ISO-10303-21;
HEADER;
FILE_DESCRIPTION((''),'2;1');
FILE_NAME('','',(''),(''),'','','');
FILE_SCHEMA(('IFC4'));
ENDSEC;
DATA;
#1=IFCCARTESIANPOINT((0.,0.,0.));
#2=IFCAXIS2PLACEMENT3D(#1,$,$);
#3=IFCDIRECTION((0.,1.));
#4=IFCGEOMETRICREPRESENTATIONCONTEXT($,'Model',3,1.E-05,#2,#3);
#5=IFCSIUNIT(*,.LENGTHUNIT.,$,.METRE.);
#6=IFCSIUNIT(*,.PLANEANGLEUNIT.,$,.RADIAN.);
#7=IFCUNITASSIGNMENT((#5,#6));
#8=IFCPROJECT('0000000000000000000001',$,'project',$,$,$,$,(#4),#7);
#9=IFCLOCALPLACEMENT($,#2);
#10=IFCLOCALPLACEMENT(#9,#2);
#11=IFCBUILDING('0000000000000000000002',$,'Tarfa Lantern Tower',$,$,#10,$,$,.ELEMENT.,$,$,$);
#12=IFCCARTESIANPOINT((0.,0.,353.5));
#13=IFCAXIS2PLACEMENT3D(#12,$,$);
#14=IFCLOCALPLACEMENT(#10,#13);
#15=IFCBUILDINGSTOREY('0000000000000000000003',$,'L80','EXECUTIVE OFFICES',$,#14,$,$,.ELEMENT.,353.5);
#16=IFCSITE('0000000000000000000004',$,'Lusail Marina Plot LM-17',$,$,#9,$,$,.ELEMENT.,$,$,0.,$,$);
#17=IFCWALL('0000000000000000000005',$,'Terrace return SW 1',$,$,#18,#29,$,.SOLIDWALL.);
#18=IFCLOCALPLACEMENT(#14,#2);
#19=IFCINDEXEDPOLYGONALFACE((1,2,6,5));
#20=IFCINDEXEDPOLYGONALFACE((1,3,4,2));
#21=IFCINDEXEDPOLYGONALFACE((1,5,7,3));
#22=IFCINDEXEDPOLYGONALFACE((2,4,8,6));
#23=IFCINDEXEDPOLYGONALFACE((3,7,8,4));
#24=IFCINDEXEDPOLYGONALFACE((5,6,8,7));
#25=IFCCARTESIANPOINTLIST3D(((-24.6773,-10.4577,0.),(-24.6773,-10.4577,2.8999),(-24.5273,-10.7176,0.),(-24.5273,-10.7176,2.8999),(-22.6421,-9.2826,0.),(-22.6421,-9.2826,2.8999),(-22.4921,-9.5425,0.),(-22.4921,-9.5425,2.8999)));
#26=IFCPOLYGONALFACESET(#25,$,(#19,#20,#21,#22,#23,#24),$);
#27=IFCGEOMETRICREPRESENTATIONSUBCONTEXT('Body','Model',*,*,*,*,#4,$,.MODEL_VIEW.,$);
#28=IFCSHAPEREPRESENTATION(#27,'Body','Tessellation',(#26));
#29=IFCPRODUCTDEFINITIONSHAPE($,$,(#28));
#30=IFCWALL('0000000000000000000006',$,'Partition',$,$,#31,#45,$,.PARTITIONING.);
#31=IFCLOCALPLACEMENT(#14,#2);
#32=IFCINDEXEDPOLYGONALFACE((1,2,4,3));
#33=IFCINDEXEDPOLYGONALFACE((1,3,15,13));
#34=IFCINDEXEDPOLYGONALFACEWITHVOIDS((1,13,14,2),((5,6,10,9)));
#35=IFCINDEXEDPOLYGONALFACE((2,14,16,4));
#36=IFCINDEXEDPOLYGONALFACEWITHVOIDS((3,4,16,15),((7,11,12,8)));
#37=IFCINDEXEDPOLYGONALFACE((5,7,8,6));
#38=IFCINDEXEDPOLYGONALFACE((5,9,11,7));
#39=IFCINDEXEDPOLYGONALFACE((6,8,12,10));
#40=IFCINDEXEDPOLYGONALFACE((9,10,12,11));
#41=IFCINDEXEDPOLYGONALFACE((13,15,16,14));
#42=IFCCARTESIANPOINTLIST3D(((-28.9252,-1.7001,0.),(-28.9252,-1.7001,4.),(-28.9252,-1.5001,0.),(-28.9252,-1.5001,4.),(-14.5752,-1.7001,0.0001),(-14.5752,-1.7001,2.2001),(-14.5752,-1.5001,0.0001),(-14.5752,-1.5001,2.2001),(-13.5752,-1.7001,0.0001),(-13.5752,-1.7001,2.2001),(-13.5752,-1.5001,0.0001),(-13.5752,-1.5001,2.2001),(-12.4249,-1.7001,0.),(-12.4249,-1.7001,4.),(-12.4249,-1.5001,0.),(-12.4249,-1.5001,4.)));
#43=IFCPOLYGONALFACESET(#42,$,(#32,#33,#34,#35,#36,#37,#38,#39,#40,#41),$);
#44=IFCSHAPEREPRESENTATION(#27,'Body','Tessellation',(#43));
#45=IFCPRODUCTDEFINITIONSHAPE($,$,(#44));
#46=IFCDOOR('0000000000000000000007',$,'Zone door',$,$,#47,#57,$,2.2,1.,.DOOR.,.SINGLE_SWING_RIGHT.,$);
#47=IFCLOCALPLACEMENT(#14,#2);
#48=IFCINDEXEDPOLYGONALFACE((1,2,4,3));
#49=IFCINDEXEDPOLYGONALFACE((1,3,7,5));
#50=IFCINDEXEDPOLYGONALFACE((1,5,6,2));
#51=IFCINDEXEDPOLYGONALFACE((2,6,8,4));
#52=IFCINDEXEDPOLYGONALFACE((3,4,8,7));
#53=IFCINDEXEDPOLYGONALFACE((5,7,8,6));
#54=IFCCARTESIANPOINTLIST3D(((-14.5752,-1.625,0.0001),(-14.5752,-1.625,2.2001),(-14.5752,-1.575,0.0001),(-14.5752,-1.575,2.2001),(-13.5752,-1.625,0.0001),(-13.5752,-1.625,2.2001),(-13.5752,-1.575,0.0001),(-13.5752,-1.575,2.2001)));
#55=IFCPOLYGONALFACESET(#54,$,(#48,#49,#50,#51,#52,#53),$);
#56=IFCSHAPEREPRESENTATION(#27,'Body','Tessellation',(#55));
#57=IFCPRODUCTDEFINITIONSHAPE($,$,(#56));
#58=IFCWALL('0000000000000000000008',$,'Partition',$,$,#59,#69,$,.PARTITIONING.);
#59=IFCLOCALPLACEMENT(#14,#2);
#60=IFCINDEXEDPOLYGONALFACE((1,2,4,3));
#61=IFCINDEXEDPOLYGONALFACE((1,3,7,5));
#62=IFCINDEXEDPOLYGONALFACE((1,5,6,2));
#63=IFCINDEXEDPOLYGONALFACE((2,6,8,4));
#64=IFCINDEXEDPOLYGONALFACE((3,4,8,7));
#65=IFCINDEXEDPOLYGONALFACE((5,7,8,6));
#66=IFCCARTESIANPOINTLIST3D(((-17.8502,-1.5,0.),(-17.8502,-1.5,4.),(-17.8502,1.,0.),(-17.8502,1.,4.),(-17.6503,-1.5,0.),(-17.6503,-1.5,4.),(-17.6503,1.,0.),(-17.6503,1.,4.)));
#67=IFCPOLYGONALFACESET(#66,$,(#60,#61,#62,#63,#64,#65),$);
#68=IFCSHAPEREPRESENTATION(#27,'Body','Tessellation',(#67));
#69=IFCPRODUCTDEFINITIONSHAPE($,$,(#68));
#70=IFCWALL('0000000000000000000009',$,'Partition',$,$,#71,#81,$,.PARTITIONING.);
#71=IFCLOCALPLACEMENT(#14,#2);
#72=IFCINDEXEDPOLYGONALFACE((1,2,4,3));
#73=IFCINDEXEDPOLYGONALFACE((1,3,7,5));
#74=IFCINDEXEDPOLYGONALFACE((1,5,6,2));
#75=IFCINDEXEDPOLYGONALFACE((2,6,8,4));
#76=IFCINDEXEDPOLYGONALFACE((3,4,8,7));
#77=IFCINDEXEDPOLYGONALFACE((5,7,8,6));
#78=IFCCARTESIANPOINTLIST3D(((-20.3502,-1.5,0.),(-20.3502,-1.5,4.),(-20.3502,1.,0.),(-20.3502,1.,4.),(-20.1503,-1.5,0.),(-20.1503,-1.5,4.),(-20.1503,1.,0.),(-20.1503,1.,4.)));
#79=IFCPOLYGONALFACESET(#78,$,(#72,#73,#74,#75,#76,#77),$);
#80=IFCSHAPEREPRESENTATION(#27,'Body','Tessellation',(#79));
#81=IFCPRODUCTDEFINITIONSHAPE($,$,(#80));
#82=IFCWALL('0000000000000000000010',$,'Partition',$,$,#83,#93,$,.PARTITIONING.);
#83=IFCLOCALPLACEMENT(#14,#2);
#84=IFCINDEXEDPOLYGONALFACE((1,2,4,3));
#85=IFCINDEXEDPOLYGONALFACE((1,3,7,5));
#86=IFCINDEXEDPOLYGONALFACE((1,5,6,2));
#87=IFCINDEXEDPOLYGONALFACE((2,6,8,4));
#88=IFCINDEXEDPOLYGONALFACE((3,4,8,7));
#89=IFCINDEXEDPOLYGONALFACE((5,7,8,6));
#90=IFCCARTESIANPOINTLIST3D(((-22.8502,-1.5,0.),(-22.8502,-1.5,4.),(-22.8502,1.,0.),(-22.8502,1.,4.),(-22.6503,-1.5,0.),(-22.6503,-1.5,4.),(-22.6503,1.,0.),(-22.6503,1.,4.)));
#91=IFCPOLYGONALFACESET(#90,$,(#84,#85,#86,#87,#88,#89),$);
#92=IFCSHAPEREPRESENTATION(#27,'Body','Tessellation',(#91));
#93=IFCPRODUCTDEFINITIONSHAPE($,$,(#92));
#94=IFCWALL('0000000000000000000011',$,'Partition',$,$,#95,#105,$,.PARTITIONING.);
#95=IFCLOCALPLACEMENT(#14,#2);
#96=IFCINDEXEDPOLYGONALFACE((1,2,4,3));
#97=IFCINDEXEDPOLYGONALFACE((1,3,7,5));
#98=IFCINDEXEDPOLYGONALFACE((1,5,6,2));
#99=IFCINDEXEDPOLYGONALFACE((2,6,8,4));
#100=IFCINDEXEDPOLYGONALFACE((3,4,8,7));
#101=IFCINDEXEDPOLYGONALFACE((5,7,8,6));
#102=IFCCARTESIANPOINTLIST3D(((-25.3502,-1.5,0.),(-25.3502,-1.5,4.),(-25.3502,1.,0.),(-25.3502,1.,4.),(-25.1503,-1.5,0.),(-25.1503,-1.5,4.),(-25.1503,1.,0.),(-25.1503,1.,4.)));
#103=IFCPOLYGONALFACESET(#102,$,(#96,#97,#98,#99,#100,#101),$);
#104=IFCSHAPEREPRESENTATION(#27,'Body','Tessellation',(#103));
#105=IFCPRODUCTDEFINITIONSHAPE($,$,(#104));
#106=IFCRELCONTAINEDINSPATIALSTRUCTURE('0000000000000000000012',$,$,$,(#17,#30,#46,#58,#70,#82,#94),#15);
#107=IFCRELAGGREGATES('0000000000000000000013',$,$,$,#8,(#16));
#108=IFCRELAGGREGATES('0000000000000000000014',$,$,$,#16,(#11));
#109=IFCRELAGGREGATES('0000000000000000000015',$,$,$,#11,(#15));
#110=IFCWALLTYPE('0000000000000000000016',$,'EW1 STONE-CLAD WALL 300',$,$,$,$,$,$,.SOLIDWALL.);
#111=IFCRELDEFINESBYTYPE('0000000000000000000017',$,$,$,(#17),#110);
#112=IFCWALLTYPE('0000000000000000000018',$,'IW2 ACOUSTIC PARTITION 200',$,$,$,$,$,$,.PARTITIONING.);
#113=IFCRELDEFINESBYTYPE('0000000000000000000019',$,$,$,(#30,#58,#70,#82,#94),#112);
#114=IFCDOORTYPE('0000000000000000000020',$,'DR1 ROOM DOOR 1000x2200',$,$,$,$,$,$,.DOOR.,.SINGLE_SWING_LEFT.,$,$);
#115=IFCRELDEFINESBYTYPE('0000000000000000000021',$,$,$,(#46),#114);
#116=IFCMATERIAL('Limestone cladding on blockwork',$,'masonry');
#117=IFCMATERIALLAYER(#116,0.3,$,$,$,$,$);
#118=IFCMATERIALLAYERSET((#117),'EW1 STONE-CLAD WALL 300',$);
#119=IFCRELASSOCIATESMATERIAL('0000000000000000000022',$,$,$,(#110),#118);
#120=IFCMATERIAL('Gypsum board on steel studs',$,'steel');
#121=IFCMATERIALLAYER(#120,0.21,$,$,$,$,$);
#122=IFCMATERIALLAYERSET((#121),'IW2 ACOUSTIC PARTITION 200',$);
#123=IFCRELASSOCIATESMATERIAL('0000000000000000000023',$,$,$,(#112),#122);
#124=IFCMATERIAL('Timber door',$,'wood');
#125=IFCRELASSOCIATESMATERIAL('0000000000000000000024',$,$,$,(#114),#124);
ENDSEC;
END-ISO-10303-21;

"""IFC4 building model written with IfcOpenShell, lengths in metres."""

from ifc_helpers import new_model, si_unit, direction, frame, frame_2d, origin, place, context, subcontext, project, spatial, rectangle, extrude, material, layer, layer_set, type_object, element, fill, save


model = new_model("IFC4")

# Units and contexts
model_context = context("Model", 3, precision=1e-05, world=origin(), true_north=direction((0.0, 1.0)))
body_context = subcontext(model_context, "Body", "Model", "MODEL_VIEW")
ifc_project = project(units=[si_unit("LENGTHUNIT", "METRE"), si_unit("PLANEANGLEUNIT", "RADIAN")], contexts=[model_context])

# Site, building, storey
site_placement = place(None, origin())
site = spatial("IfcSite", under=ifc_project, at=site_placement, Name="Lusail Marina Plot LM-17", CompositionType="ELEMENT", RefElevation=0.0)
building_placement = place(site_placement, origin())
building = spatial("IfcBuilding", under=site, at=building_placement, Name="Tarfa Lantern Tower", CompositionType="ELEMENT")
storey_placement = place(building_placement, frame((0.0, 0.0, 353.5)))
storey = spatial("IfcBuildingStorey", under=building, at=storey_placement, Name="L80", Description="EXECUTIVE OFFICES", CompositionType="ELEMENT", Elevation=353.5)

# Shared definitions
ifc_material_1 = material(Name="Limestone cladding on blockwork", Category="masonry")
ifc_layer_1 = layer(ifc_material_1, 0.3)
ifc_layer_set_1 = layer_set([ifc_layer_1], Name="EW1 STONE-CLAD WALL 300")
wall_type_1 = type_object("IfcWallType", Name="EW1 STONE-CLAD WALL 300", PredefinedType="SOLIDWALL", material=ifc_layer_set_1)

# Wall
wall_1_placement = place(storey_placement, frame((-24.6023, -10.5876, 0.0), z_axis=(0.0, 0.0, 1.0), x_axis=(0.866016, 0.500016, 0.0)))
element("IfcWall", 1, at=wall_1_placement, inside=storey, type_object=wall_type_1, Name="Terrace return SW 1", PredefinedType="SOLIDWALL", context=body_context, shape_type="SweptSolid", body=[
    extrude(rectangle(XDim=2.3501, YDim=0.3, at=frame_2d((1.175, 0.0))), origin(), (0.0, 0.0, 1.0), 2.8999),
])

# Wall, opening, door
ifc_material_2 = material(Name="Gypsum board on steel studs", Category="steel")
ifc_layer_2 = layer(ifc_material_2, 0.21)
ifc_layer_set_2 = layer_set([ifc_layer_2], Name="IW2 ACOUSTIC PARTITION 200")
wall_type_2 = type_object("IfcWallType", Name="IW2 ACOUSTIC PARTITION 200", PredefinedType="PARTITIONING", material=ifc_layer_set_2)
wall_2_placement = place(storey_placement, frame((-12.425, -1.6001, 0.0), z_axis=(0.0, 0.0, 1.0), x_axis=(-1.0, 0.0, 0.0)))
wall_2 = element("IfcWall", 2, at=wall_2_placement, inside=storey, type_object=wall_type_2, Name="Partition", PredefinedType="PARTITIONING", context=body_context, shape_type="SweptSolid", body=[
    extrude(rectangle(XDim=16.5002, YDim=0.2, at=frame_2d((8.25, 0.0))), origin(), (0.0, 0.0, 1.0), 4.0),
])
opening_1_placement = place(wall_2_placement, frame((1.1501, 0.0, 0.0)))
opening_1 = element("IfcOpeningElement", 3, at=opening_1_placement, cuts=wall_2, PredefinedType="OPENING", context=body_context, shape_type="SweptSolid", body=[
    extrude(rectangle(XDim=1.0, YDim=2.2, at=frame_2d((0.5, 1.1001))), frame((0.0, 0.1099, 0.0), z_axis=(0.0, -1.0, 0.0), x_axis=(1.0, 0.0, 0.0)), (0.0, 0.0, 1.0), 0.22),
])
ifc_material_3 = material(Name="Timber door", Category="wood")
door_type_1 = type_object("IfcDoorType", Name="DR1 ROOM DOOR 1000x2200", OperationType="SINGLE_SWING_LEFT", PredefinedType="DOOR", material=ifc_material_3)
door_1_placement = place(opening_1_placement, origin())
door_1 = element("IfcDoor", 4, at=door_1_placement, inside=storey, type_object=door_type_1, Name="Zone door", OperationType="SINGLE_SWING_RIGHT", OverallHeight=2.2, OverallWidth=1.0, PredefinedType="DOOR", context=body_context, shape_type="SweptSolid", body=[
    extrude(rectangle(XDim=1.0, YDim=2.2, at=frame_2d((0.5, 1.1001))), frame((0.0, 0.0249, 0.0), z_axis=(0.0, -1.0, 0.0), x_axis=(1.0, 0.0, 0.0)), (0.0, 0.0, 1.0), 0.05),
])
fill(opening_1, door_1)

# Walls
for number, where, z_axis, x_axis, name in (
    (5, (-17.7502, -1.5, 0.0), (0.0, 0.0, 1.0), (0.0, 1.0, 0.0), "Partition"),
    (6, (-20.2502, -1.5, 0.0), (0.0, 0.0, 1.0), (0.0, 1.0, 0.0), "Partition"),
    (7, (-22.7502, -1.5, 0.0), (0.0, 0.0, 1.0), (0.0, 1.0, 0.0), "Partition"),
    (8, (-25.2502, -1.5, 0.0), (0.0, 0.0, 1.0), (0.0, 1.0, 0.0), "Partition"),
):
    element("IfcWall", number, at=place(storey_placement, frame(where, z_axis=z_axis, x_axis=x_axis)), inside=storey, type_object=wall_type_2, Name=name, PredefinedType="PARTITIONING", context=body_context, shape_type="SweptSolid", body=[
        extrude(rectangle(XDim=2.5, YDim=0.2, at=frame_2d((1.25, 0.0))), origin(), (0.0, 0.0, 1.0), 4.0),
    ])

save(model, "model.ifc")
